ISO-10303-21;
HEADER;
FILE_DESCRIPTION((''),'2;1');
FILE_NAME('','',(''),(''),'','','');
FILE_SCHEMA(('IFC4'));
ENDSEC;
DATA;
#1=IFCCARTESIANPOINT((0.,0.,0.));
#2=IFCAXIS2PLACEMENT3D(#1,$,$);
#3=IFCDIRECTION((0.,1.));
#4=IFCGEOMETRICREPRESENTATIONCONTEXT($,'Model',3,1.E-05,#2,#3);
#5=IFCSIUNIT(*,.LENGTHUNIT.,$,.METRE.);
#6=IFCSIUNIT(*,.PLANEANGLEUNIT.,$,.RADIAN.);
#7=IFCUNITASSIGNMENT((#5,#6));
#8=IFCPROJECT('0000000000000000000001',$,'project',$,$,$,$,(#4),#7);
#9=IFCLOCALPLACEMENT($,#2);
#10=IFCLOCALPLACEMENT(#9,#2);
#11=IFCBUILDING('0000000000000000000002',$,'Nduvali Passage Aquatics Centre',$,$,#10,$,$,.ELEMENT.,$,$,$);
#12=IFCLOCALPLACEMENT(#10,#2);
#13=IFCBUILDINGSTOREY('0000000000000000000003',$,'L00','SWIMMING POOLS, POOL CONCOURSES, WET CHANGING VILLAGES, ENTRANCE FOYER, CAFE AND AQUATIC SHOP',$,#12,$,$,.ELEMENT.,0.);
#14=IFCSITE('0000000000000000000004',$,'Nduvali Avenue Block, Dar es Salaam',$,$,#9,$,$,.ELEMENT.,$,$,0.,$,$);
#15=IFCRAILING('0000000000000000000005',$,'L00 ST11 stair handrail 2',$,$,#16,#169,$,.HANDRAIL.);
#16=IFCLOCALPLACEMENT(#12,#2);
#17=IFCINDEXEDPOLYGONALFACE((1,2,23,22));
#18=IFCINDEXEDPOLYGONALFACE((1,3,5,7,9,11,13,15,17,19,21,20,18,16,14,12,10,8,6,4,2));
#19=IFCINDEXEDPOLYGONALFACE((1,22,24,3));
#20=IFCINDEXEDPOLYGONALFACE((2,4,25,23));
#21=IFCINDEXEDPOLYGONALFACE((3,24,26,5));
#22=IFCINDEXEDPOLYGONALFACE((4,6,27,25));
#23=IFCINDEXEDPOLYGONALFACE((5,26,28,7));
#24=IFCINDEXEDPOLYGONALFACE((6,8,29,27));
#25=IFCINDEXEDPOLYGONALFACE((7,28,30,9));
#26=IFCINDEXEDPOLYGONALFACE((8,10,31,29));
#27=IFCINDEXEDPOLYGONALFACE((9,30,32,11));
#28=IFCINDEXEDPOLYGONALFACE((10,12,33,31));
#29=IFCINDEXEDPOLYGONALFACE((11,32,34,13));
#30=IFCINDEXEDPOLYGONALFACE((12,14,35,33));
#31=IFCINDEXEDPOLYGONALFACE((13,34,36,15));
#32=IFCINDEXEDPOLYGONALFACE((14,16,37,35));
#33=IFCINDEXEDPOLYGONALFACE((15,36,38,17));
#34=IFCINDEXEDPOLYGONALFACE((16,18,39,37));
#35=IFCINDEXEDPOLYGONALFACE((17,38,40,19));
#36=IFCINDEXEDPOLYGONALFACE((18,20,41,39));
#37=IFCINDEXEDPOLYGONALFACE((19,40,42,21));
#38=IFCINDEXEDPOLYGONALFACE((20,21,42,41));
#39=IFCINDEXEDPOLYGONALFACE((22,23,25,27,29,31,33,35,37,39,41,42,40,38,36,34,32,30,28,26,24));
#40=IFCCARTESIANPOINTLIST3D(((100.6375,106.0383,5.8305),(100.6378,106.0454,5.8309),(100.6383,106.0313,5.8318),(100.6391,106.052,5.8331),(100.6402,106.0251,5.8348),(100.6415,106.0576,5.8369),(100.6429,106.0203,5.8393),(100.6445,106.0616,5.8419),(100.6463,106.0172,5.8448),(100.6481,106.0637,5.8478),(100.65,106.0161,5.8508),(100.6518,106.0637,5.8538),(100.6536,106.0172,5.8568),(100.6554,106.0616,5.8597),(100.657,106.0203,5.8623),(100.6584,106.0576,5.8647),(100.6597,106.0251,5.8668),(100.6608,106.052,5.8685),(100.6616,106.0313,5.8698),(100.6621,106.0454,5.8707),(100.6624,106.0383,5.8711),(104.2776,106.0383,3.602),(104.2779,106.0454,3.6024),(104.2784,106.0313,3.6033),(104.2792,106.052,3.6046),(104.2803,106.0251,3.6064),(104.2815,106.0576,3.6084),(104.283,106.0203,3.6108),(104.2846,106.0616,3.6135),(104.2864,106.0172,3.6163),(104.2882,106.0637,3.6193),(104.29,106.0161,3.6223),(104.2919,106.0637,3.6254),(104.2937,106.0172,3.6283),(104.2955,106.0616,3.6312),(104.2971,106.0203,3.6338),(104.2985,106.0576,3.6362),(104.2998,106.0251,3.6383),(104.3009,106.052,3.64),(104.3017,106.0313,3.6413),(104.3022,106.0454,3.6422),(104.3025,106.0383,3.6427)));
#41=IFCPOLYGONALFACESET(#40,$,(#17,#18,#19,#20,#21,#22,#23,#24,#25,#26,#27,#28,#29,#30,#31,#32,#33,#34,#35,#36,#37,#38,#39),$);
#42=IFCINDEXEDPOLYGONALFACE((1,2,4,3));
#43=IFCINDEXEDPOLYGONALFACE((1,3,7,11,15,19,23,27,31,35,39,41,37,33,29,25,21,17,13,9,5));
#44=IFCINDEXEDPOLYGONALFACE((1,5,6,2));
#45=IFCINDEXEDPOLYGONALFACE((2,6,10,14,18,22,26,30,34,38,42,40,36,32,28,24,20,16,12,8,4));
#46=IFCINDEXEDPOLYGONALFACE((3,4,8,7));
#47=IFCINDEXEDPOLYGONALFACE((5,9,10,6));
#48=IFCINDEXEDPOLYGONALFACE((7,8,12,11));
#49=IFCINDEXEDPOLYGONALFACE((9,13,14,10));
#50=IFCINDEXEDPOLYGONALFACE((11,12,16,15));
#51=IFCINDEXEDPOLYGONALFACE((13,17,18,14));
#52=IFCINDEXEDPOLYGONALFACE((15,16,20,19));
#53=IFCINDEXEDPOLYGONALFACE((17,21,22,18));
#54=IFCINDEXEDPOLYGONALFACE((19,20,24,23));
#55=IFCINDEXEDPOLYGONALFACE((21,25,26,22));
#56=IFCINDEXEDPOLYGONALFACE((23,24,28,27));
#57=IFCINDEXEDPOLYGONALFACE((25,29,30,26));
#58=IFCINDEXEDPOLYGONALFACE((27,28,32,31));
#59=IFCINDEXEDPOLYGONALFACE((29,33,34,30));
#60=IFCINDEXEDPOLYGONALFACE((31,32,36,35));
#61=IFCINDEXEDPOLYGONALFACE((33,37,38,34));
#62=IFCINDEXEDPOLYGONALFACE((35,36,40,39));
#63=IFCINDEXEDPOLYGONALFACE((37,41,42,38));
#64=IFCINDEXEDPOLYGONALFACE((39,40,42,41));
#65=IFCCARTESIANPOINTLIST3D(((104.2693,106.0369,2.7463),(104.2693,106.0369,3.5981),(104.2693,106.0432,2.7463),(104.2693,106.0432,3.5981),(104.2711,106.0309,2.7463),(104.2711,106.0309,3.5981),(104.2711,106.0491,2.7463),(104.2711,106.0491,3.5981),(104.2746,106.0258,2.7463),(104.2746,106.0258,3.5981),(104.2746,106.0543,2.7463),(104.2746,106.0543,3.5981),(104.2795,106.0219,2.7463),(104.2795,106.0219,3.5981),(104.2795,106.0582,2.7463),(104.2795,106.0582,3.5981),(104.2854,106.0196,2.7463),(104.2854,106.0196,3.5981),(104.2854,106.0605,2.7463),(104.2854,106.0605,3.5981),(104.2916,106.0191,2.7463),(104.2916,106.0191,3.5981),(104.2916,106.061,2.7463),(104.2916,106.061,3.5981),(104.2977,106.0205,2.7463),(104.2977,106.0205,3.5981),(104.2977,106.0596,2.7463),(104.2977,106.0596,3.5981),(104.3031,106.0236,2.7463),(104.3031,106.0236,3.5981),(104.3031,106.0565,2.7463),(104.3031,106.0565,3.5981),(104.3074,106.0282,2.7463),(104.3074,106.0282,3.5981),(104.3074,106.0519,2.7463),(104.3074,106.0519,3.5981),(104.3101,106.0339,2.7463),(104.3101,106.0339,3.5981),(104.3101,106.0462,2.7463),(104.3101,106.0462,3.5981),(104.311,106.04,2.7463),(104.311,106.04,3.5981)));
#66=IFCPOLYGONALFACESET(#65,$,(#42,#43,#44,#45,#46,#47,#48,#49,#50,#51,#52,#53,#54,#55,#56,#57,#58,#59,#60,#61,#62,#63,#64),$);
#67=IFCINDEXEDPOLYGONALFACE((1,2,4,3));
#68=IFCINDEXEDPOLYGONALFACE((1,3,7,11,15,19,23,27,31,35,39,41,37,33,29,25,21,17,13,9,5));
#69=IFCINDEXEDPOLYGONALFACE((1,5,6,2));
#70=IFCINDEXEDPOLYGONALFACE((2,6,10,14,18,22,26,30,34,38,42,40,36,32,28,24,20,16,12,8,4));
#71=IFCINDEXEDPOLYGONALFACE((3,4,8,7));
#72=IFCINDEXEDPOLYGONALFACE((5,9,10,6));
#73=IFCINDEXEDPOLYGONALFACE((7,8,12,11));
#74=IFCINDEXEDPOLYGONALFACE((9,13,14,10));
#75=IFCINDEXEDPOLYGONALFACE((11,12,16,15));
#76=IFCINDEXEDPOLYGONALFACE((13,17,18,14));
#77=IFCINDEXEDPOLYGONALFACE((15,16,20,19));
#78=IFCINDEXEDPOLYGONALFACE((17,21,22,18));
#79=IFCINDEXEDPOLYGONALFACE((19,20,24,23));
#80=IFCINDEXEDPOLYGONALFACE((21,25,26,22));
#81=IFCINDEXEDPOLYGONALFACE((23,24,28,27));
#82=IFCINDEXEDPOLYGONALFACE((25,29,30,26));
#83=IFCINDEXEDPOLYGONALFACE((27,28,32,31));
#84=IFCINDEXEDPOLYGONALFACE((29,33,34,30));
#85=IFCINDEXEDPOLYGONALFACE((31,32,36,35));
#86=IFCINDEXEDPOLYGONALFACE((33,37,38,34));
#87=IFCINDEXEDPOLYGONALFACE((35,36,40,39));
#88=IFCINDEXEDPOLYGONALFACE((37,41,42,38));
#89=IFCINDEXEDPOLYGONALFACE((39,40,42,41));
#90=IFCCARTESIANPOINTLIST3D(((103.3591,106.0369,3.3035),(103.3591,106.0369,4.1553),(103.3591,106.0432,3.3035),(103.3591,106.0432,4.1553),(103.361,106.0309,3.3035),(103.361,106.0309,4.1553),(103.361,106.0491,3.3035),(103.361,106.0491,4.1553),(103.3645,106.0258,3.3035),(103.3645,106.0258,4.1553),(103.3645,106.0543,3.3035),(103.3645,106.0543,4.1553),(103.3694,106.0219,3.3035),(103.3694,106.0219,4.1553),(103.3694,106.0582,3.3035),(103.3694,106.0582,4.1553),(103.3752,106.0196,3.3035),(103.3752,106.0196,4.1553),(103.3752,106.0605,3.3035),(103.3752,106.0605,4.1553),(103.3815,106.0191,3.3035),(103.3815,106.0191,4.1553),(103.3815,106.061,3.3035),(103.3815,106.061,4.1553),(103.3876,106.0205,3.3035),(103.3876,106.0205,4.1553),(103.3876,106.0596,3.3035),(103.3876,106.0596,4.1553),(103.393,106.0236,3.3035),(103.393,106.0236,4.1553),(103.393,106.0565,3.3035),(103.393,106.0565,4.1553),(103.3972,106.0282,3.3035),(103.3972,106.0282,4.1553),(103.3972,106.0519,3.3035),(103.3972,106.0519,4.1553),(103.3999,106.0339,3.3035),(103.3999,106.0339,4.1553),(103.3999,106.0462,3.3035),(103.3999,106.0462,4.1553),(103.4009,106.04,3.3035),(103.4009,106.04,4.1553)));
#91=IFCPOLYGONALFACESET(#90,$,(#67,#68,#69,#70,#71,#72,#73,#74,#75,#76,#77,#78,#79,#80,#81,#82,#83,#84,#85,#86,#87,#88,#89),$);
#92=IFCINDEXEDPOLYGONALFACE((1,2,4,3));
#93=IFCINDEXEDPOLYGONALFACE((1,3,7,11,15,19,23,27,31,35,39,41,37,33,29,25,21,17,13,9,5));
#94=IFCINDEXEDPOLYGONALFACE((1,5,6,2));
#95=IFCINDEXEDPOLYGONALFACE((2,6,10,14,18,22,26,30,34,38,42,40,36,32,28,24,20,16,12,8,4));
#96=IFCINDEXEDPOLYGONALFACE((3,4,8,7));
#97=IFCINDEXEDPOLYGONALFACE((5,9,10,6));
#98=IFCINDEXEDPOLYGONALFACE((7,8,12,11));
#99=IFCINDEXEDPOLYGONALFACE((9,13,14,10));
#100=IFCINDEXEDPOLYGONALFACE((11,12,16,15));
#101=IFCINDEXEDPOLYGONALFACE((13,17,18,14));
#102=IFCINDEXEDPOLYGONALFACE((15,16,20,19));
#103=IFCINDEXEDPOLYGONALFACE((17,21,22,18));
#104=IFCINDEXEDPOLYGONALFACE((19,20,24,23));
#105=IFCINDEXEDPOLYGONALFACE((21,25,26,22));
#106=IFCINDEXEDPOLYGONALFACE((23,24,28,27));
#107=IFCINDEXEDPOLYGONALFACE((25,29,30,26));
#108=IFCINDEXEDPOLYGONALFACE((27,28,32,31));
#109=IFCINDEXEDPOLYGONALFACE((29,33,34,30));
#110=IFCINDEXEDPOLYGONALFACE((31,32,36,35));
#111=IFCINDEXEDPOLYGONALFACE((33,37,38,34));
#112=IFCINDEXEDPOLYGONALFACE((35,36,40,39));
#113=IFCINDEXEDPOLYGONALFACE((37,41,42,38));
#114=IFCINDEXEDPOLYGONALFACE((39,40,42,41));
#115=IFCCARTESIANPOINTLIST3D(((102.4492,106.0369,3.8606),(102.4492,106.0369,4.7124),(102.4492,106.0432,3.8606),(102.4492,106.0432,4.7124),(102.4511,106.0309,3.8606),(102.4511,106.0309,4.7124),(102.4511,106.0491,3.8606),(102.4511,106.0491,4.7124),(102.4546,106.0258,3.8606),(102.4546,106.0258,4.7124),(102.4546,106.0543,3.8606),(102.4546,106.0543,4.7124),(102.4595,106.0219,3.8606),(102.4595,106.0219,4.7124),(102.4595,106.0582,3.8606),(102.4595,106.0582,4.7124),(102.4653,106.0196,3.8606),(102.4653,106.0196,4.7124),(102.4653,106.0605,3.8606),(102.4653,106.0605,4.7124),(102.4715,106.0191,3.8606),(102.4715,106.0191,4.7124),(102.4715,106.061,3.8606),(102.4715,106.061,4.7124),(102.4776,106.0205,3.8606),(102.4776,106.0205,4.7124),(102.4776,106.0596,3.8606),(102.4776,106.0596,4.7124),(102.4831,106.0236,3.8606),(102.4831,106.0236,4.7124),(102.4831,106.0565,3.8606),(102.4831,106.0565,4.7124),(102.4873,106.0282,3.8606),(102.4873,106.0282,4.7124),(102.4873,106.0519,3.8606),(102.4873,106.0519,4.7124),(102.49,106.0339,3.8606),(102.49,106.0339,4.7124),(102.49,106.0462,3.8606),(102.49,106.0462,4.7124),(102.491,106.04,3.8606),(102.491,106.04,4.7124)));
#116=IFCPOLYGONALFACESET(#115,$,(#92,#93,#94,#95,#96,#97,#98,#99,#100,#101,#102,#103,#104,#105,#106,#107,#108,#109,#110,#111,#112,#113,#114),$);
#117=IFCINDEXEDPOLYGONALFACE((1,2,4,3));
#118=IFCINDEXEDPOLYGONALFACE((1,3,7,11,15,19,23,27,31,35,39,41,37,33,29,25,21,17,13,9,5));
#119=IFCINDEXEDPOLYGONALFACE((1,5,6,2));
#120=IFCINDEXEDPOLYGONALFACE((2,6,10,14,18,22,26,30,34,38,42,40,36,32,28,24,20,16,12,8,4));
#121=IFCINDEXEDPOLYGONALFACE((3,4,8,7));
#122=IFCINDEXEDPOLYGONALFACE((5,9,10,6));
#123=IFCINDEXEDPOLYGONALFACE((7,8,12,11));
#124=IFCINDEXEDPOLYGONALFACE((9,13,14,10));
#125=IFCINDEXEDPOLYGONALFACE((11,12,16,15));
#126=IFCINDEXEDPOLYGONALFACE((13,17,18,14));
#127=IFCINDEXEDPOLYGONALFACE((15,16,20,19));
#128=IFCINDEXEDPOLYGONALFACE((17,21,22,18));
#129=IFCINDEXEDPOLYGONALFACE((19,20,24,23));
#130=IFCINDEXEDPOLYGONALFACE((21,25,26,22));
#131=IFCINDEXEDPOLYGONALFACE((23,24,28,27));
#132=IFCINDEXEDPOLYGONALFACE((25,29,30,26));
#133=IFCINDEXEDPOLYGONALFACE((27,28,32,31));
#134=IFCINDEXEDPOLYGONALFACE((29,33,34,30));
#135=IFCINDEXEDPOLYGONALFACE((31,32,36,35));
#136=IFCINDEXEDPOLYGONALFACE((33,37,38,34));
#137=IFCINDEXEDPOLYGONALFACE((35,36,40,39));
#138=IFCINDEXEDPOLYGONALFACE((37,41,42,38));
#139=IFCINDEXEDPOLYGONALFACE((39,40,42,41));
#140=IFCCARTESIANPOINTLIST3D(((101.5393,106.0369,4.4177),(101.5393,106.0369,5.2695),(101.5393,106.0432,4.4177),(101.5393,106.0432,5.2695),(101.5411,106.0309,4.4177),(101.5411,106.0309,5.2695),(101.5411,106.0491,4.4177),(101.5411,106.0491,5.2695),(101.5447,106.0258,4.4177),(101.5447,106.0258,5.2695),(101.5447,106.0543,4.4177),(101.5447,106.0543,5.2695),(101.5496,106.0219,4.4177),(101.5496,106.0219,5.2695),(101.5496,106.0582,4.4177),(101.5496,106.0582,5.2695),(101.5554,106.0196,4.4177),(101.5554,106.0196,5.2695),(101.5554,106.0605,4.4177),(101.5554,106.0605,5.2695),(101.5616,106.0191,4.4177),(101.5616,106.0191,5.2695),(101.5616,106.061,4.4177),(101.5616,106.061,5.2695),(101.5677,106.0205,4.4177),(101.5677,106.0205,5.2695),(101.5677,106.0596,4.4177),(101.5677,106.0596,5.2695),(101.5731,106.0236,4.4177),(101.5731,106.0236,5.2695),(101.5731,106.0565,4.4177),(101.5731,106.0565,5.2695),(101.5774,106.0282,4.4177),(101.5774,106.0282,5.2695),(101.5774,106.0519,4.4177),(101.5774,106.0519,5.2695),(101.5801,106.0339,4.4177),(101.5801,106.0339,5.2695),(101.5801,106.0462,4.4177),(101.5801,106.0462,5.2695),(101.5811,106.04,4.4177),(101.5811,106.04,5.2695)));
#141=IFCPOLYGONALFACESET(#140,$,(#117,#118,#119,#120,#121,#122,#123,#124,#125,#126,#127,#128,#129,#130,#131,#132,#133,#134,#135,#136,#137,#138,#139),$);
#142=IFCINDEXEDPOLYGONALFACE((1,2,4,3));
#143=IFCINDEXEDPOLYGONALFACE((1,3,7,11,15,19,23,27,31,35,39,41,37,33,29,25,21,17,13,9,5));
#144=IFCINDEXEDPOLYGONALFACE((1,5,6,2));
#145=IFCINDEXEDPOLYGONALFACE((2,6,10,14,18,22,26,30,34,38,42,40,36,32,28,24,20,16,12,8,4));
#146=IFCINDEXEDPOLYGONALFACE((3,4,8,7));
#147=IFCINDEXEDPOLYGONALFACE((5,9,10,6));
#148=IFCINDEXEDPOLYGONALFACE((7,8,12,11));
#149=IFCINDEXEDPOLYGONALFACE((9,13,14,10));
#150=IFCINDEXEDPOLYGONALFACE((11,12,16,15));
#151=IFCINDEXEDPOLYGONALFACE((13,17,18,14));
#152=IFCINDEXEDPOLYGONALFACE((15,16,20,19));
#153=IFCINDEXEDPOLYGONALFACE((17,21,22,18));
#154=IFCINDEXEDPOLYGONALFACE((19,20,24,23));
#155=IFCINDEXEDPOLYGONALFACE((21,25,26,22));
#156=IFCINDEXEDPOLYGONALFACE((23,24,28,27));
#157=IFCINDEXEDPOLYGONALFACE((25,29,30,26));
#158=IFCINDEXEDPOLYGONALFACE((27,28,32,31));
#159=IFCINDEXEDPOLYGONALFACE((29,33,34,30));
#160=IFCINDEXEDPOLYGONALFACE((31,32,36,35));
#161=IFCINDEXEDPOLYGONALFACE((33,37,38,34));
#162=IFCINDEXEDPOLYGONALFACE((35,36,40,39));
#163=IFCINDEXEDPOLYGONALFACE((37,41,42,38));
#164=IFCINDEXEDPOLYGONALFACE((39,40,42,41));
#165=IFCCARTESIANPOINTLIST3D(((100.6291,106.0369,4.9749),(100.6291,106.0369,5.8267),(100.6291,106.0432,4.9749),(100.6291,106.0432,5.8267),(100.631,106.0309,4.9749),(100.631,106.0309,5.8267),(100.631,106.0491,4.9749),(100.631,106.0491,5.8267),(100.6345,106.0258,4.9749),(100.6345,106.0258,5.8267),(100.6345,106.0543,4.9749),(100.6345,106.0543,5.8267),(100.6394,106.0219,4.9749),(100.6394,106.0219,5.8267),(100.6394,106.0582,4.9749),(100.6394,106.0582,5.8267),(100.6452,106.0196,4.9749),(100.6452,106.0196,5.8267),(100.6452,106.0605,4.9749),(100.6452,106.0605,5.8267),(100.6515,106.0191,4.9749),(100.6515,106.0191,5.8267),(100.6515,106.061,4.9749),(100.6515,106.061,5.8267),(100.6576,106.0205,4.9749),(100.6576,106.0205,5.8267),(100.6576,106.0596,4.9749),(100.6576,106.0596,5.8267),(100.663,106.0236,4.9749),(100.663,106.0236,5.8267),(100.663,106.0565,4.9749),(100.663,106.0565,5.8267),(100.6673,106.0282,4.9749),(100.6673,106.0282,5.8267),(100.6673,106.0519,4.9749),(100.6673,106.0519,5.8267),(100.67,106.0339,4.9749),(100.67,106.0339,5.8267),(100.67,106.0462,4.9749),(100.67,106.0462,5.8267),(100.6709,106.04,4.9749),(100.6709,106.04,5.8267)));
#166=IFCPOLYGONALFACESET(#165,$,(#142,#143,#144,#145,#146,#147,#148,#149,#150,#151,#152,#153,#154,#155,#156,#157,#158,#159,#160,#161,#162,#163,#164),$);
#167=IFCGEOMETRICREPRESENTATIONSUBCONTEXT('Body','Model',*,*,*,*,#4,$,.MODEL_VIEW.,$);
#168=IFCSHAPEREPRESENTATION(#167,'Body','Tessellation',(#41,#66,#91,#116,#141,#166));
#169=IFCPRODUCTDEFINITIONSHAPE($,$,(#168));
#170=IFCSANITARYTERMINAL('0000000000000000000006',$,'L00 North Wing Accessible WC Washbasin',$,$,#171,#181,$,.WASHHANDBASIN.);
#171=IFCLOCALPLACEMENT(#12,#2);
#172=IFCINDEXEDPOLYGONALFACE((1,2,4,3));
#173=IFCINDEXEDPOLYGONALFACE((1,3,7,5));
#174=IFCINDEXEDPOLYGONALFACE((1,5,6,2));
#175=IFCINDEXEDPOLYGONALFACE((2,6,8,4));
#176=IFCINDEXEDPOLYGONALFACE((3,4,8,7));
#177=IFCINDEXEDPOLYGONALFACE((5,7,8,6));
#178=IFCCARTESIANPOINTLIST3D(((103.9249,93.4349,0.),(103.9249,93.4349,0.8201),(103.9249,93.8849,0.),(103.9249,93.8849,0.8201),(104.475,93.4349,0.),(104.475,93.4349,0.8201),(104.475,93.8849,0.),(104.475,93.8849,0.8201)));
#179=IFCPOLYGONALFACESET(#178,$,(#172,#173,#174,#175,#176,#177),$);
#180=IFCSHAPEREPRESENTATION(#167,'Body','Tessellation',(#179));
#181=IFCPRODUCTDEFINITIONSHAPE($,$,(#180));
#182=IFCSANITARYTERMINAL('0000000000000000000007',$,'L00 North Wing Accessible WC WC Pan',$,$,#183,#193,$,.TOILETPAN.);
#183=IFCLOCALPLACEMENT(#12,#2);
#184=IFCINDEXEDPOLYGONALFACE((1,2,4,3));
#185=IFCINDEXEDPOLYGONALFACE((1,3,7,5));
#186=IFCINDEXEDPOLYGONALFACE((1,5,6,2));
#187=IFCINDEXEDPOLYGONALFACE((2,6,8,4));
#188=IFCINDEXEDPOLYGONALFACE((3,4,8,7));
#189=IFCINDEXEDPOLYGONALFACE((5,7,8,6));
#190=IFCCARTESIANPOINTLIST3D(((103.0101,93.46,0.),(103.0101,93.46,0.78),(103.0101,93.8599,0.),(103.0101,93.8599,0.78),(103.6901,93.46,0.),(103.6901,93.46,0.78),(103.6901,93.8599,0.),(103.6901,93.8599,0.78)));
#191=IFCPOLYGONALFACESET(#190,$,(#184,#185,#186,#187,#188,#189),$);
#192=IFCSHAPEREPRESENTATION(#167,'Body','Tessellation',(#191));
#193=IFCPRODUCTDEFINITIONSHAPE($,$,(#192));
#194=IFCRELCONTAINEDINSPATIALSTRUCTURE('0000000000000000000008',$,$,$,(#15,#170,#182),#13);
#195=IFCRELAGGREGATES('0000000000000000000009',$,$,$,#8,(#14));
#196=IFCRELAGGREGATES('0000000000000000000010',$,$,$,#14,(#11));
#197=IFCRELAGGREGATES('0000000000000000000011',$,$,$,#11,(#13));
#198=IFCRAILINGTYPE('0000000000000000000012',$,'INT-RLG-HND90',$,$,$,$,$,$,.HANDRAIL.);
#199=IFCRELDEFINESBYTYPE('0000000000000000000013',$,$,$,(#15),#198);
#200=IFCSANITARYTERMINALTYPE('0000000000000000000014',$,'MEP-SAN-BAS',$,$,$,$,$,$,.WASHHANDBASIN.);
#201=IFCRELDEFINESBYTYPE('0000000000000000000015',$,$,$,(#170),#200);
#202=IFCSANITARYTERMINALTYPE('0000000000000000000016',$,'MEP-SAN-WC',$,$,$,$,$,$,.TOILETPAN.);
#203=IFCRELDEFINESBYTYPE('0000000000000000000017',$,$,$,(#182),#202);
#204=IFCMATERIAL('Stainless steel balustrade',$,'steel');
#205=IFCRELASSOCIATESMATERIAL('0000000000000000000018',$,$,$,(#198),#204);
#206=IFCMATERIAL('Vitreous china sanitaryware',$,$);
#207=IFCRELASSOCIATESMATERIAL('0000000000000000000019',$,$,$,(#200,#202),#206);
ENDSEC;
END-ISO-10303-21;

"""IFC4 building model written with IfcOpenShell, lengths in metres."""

from ifc_helpers import new_model, si_unit, direction, frame, origin, origin_2d, place, context, subcontext, project, spatial, rectangle, circle, extrude, material, type_object, element, save


model = new_model("IFC4")

# Units and contexts
model_context = context("Model", 3, precision=1e-05, world=origin(), true_north=direction((0.0, 1.0)))
body_context = subcontext(model_context, "Body", "Model", "MODEL_VIEW")
ifc_project = project(units=[si_unit("LENGTHUNIT", "METRE"), si_unit("PLANEANGLEUNIT", "RADIAN")], contexts=[model_context])

# Site, building, storey
site_placement = place(None, origin())
site = spatial("IfcSite", under=ifc_project, at=site_placement, Name="Nduvali Avenue Block, Dar es Salaam", CompositionType="ELEMENT", RefElevation=0.0)
building_placement = place(site_placement, origin())
building = spatial("IfcBuilding", under=site, at=building_placement, Name="Nduvali Passage Aquatics Centre", CompositionType="ELEMENT")
storey_placement = place(building_placement, origin())
storey = spatial("IfcBuildingStorey", under=building, at=storey_placement, Name="L00", Description="SWIMMING POOLS, POOL CONCOURSES, WET CHANGING VILLAGES, ENTRANCE FOYER, CAFE AND AQUATIC SHOP", CompositionType="ELEMENT", Elevation=0.0)

# Railing
ifc_material_1 = material(Name="Stainless steel balustrade", Category="steel")
railing_type_1 = type_object("IfcRailingType", Name="INT-RLG-HND90", PredefinedType="HANDRAIL", material=ifc_material_1)
railing_1_placement = place(storey_placement, frame((104.29, 106.04, 2.7463)))
element("IfcRailing", 1, at=railing_1_placement, inside=storey, type_object=railing_type_1, Name="L00 ST11 stair handrail 2", PredefinedType="HANDRAIL", context=body_context, shape_type="SweptSolid", body=[
    extrude(circle(Radius=0.0239, at=origin_2d()), frame((0.0, 0.0, 0.876), z_axis=(-0.852866, 0.0, 0.52213), x_axis=(0.0, -1.0, 0.0)), (0.0, 0.0, 1.0), 4.2681),
    extrude(circle(Radius=0.021, at=origin_2d()), origin(), (0.0, 0.0, 1.0), 0.8518),
    extrude(circle(Radius=0.021, at=origin_2d()), frame((-0.9102, 0.0, 0.5571)), (0.0, 0.0, 1.0), 0.8518),
    extrude(circle(Radius=0.021, at=origin_2d()), frame((-1.8201, 0.0, 1.1143)), (0.0, 0.0, 1.0), 0.8518),
    extrude(circle(Radius=0.021, at=origin_2d()), frame((-2.73, 0.0, 1.6714)), (0.0, 0.0, 1.0), 0.8518),
    extrude(circle(Radius=0.021, at=origin_2d()), frame((-3.6401, 0.0, 2.2285)), (0.0, 0.0, 1.0), 0.8518),
])

# Sanitary terminals
ifc_material_2 = material(Name="Vitreous china sanitaryware")
sanitary_terminal_type_1 = type_object("IfcSanitaryTerminalType", Name="MEP-SAN-BAS", PredefinedType="WASHHANDBASIN", material=ifc_material_2)
sanitary_terminal_1_placement = place(storey_placement, frame((104.2, 93.6599, 0.0), z_axis=(0.0, 0.0, 1.0), x_axis=(1.0, 0.0, 0.0)))
element("IfcSanitaryTerminal", 2, at=sanitary_terminal_1_placement, inside=storey, type_object=sanitary_terminal_type_1, Name="L00 North Wing Accessible WC Washbasin", PredefinedType="WASHHANDBASIN", context=body_context, shape_type="SweptSolid", body=[
    extrude(rectangle(XDim=0.55, YDim=0.45, at=origin_2d()), origin(), (0.0, 0.0, 1.0), 0.8201),
])
sanitary_terminal_type_2 = type_object("IfcSanitaryTerminalType", Name="MEP-SAN-WC", PredefinedType="TOILETPAN", material=ifc_material_2)
sanitary_terminal_2_placement = place(storey_placement, frame((103.3501, 93.6599, 0.0), z_axis=(0.0, 0.0, 1.0), x_axis=(1.0, 0.0, 0.0)))
element("IfcSanitaryTerminal", 3, at=sanitary_terminal_2_placement, inside=storey, type_object=sanitary_terminal_type_2, Name="L00 North Wing Accessible WC WC Pan", PredefinedType="TOILETPAN", context=body_context, shape_type="SweptSolid", body=[
    extrude(rectangle(XDim=0.6799, YDim=0.3999, at=origin_2d()), origin(), (0.0, 0.0, 1.0), 0.78),
])

save(model, "model.ifc")
